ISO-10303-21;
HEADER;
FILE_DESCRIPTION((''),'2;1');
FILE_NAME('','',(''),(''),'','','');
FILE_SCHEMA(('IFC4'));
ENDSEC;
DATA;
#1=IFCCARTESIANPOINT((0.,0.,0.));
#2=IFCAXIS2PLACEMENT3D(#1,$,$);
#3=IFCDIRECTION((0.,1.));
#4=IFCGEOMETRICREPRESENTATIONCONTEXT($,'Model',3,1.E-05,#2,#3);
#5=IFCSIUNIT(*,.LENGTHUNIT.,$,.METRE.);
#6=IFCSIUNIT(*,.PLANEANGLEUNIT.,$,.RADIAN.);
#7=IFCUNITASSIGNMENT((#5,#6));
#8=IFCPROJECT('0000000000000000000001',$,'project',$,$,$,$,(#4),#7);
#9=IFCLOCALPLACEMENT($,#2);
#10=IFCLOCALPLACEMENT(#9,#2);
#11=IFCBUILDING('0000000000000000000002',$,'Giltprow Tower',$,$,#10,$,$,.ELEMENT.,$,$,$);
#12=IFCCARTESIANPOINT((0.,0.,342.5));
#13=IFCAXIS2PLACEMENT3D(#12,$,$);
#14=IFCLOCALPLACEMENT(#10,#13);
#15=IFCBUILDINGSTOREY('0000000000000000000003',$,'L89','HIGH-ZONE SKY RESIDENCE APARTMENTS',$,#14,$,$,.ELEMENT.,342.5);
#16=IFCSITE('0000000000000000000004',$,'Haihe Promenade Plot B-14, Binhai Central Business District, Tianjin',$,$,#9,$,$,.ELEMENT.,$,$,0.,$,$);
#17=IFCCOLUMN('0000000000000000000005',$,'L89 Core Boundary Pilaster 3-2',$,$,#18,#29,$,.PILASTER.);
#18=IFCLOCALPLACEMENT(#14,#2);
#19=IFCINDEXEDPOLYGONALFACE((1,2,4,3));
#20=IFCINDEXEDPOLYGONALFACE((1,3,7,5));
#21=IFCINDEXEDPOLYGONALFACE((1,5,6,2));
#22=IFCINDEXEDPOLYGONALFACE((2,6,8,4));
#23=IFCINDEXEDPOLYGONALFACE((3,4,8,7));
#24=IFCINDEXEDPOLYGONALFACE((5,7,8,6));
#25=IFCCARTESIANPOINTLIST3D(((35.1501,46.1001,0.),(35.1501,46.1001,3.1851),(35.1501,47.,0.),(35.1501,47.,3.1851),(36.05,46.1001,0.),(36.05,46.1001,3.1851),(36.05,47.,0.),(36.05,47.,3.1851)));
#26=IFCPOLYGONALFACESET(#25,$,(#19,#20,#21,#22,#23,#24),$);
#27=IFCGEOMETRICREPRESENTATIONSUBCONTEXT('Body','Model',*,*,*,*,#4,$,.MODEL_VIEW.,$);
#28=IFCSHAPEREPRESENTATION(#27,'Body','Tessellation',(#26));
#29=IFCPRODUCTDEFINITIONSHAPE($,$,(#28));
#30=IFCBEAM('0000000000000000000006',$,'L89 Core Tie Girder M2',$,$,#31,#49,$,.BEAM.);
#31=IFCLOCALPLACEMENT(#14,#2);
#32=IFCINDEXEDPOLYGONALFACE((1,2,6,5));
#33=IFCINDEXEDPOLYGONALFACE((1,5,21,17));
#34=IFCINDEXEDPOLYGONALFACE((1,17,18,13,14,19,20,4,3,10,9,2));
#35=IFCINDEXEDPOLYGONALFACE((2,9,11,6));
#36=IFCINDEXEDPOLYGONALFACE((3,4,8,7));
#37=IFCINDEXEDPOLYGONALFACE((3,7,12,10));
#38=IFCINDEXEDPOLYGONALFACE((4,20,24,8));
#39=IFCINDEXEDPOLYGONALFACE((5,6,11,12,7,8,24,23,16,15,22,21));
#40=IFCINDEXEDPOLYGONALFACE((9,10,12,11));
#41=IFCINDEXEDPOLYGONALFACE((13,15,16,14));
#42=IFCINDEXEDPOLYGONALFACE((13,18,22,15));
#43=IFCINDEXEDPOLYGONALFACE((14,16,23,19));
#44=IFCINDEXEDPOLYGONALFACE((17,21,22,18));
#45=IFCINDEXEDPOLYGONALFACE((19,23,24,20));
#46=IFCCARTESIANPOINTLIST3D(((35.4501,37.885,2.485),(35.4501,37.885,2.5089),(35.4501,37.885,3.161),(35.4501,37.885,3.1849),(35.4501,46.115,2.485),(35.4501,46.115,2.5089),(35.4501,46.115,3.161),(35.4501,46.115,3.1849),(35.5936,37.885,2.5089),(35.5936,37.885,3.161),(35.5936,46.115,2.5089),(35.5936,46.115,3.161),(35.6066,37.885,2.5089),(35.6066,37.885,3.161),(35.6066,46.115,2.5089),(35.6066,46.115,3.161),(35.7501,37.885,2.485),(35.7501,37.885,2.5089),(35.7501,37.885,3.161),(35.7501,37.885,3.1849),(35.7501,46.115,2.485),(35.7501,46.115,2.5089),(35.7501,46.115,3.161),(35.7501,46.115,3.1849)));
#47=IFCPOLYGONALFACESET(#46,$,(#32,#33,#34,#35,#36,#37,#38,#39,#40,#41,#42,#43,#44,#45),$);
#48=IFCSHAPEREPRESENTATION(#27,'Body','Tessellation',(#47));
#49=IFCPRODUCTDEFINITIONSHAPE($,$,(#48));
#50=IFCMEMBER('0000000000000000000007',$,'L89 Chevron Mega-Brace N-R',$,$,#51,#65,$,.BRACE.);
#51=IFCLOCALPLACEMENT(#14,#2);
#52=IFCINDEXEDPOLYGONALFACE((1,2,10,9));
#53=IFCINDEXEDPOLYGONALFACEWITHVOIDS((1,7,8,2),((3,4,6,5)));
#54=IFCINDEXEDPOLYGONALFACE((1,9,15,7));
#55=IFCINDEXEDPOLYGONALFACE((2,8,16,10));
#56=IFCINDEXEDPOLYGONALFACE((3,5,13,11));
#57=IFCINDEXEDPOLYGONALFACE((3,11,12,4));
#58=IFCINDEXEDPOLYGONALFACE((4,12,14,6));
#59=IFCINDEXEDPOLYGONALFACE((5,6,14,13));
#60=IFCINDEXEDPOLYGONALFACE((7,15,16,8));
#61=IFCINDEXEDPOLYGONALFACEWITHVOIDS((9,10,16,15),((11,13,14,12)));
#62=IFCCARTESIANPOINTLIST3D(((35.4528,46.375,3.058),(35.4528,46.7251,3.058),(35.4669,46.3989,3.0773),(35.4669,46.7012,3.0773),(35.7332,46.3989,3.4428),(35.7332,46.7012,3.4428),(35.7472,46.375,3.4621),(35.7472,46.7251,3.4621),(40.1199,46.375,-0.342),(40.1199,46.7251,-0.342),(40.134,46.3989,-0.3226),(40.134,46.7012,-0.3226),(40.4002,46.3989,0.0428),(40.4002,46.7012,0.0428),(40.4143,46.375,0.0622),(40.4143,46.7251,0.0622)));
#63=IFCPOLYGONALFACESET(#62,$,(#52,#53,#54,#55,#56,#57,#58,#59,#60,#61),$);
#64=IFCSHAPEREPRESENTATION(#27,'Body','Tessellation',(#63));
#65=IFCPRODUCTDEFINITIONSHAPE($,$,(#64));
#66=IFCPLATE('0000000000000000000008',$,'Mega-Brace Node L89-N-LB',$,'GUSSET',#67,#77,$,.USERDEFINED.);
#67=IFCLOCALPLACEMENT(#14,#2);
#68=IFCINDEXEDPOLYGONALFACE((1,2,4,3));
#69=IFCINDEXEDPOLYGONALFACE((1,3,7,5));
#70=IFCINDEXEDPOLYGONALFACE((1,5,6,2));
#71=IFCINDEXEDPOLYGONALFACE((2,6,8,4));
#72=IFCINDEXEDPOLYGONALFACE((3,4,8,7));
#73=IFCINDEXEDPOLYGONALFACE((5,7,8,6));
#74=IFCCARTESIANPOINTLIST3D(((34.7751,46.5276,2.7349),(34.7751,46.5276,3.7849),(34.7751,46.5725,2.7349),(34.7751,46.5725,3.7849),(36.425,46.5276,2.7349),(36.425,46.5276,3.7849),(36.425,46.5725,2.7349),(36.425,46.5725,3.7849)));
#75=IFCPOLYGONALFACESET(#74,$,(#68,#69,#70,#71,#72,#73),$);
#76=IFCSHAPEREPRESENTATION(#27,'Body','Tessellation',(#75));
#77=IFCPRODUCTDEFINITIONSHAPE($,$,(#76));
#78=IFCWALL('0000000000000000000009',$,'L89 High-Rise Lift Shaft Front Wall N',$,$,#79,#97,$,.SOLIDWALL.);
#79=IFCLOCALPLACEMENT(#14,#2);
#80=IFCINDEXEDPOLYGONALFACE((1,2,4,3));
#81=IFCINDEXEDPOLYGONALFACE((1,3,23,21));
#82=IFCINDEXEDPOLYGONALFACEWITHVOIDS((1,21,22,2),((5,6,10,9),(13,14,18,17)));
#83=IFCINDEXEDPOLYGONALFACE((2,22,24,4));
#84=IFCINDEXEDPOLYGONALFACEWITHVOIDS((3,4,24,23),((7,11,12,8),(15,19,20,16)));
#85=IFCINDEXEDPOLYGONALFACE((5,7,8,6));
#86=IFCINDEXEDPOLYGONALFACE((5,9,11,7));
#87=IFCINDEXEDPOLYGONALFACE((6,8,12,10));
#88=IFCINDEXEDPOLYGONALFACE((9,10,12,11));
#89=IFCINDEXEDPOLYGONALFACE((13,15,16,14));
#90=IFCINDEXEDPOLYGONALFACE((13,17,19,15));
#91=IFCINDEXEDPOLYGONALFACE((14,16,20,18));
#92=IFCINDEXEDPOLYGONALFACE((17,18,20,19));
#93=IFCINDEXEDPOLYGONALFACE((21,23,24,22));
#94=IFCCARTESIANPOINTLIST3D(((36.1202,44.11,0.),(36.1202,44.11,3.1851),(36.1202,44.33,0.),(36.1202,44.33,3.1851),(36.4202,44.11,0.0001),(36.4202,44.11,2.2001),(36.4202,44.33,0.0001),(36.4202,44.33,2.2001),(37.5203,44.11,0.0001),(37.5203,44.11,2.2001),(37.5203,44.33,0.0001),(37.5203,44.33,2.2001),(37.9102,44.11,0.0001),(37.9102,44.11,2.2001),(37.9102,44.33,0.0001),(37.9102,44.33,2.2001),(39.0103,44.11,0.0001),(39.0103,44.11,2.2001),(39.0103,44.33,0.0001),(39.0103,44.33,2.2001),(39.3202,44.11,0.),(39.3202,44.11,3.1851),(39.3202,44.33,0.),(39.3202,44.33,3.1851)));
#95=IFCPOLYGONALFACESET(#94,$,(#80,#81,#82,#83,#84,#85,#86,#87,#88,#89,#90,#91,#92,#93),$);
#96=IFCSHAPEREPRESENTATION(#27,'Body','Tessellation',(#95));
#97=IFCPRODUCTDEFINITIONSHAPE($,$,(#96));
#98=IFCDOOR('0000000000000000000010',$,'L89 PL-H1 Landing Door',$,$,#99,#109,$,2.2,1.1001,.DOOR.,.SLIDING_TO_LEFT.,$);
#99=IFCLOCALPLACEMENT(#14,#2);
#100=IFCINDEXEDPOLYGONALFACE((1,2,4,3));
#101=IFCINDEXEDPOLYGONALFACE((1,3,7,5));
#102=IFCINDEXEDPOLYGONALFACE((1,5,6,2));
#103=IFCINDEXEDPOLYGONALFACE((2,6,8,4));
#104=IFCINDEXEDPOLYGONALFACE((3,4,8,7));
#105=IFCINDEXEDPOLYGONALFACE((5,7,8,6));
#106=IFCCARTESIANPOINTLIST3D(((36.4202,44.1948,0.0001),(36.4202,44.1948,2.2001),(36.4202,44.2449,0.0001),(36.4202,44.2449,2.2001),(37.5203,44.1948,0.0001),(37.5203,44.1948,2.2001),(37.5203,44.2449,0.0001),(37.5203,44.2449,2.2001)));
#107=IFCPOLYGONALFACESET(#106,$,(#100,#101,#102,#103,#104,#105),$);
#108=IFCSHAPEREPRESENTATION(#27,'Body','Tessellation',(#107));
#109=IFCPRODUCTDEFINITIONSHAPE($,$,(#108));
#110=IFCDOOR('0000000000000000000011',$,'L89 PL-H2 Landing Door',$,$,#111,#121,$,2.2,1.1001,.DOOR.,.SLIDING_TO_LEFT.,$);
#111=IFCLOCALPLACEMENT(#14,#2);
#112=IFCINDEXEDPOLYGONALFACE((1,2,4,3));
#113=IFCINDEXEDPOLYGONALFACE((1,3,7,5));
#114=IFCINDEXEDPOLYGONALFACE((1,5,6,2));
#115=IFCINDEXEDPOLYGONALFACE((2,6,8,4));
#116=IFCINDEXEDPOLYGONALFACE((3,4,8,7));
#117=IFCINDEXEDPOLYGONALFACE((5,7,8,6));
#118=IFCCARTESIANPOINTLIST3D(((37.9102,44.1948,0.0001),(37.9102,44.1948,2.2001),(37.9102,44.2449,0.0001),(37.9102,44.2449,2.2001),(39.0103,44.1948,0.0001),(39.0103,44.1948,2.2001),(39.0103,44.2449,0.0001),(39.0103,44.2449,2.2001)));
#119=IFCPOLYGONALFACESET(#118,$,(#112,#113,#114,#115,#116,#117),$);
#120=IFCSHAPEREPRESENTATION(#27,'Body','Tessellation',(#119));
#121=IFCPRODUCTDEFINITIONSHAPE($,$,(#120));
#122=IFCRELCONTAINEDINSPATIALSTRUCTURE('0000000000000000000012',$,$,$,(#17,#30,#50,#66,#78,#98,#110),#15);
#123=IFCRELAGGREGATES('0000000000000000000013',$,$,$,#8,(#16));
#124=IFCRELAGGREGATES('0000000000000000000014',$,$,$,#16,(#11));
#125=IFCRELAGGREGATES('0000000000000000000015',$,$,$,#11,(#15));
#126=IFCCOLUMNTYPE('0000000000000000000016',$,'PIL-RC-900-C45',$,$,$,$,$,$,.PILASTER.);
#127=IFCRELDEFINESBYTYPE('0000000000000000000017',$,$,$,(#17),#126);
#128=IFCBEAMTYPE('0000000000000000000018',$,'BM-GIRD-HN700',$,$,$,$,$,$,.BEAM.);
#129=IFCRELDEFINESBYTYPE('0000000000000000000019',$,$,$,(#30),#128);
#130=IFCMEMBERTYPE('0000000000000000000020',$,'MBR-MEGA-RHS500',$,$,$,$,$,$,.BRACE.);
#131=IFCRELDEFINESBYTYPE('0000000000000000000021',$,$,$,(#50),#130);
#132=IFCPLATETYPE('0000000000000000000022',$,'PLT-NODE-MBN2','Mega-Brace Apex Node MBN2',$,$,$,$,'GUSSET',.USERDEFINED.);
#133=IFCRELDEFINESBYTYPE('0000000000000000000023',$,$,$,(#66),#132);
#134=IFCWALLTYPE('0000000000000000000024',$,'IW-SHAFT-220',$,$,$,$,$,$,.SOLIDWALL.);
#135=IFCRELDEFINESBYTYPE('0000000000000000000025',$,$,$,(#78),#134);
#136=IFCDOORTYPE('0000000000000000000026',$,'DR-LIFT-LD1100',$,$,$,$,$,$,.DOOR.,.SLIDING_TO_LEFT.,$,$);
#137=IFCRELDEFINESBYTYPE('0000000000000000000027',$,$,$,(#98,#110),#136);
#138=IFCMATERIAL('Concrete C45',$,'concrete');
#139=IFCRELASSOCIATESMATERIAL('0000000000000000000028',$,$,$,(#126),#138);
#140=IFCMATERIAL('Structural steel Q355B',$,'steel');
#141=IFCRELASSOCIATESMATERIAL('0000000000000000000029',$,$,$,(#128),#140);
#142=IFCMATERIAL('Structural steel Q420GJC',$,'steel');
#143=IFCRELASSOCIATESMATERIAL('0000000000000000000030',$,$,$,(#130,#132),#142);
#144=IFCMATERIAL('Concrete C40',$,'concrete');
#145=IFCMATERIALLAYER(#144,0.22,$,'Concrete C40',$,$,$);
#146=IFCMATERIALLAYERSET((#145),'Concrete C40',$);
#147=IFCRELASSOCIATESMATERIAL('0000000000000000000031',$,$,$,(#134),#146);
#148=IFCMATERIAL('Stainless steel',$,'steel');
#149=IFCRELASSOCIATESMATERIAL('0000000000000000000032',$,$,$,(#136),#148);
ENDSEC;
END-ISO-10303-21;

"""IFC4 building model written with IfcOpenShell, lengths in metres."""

from ifc_helpers import new_model, si_unit, direction, frame, frame_2d, origin, origin_2d, place, context, subcontext, project, spatial, rectangle, hollow_rectangle, i_section, extrude, source, transform, mapped, material, layer, layer_set, material_profile, profile_set, type_object, element, fill, save


model = new_model("IFC4")

# Units and contexts
model_context = context("Model", 3, precision=1e-05, world=origin(), true_north=direction((0.0, 1.0)))
body_context = subcontext(model_context, "Body", "Model", "MODEL_VIEW")
ifc_project = project(units=[si_unit("LENGTHUNIT", "METRE"), si_unit("PLANEANGLEUNIT", "RADIAN")], contexts=[model_context])

# Site, building, storey
site_placement = place(None, origin())
site = spatial("IfcSite", under=ifc_project, at=site_placement, Name="Haihe Promenade Plot B-14, Binhai Central Business District, Tianjin", CompositionType="ELEMENT", RefElevation=0.0)
building_placement = place(site_placement, origin())
building = spatial("IfcBuilding", under=site, at=building_placement, Name="Giltprow Tower", CompositionType="ELEMENT")
storey_placement = place(building_placement, frame((0.0, 0.0, 342.5)))
storey = spatial("IfcBuildingStorey", under=building, at=storey_placement, Name="L89", Description="HIGH-ZONE SKY RESIDENCE APARTMENTS", CompositionType="ELEMENT", Elevation=342.5)

# Column
ifc_material_1 = material(Name="Concrete C45", Category="concrete")
ifc_material_profile_1 = material_profile(ifc_material_1, rectangle(XDim=0.8999, YDim=0.8999, at=origin_2d()), Name="RC 900x900")
ifc_profile_set_1 = profile_set([ifc_material_profile_1], Name="Concrete C45")
column_type = type_object("IfcColumnType", Name="PIL-RC-900-C45", PredefinedType="PILASTER", material=ifc_profile_set_1)
shared_shape_1 = source(origin(), body_context, "Body", "SweptSolid", [
    extrude(rectangle(XDim=0.8999, YDim=0.8999, at=origin_2d()), origin(), (0.0, 0.0, 1.0), 3.1851),
])
column_placement = place(storey_placement, frame((35.6001, 46.55, 0.0), z_axis=(0.0, 0.0, 1.0), x_axis=(1.0, 0.0, 0.0)))
element("IfcColumn", 1, at=column_placement, inside=storey, type_object=column_type, Name="L89 Core Boundary Pilaster 3-2", PredefinedType="PILASTER", context=body_context, shape_type="MappedRepresentation", body=[
    mapped(shared_shape_1, transform((0.0, 0.0, 0.0), x_axis=(1.0, 0.0, 0.0), y_axis=(0.0, 1.0, 0.0), z_axis=(0.0, 0.0, 1.0), scale=1.0)),
])

# Beam
ifc_material_2 = material(Name="Structural steel Q355B", Category="steel")
ifc_material_profile_2 = material_profile(ifc_material_2, i_section(OverallWidth=0.3, OverallDepth=0.7, WebThickness=0.0129, FlangeThickness=0.0239, at=origin_2d()), Name="HN 700x300x13x24")
ifc_profile_set_2 = profile_set([ifc_material_profile_2], Name="Structural steel Q355B")
beam_type = type_object("IfcBeamType", Name="BM-GIRD-HN700", PredefinedType="BEAM", material=ifc_profile_set_2)
shared_shape_2 = source(origin(), body_context, "Body", "SweptSolid", [
    extrude(i_section(OverallWidth=0.3, OverallDepth=0.7, WebThickness=0.0129, FlangeThickness=0.0239, at=origin_2d()), origin(), (0.0, 0.0, 1.0), 8.23),
])
beam_placement = place(storey_placement, frame((35.6001, 37.885, 2.835), z_axis=(0.0, 1.0, 0.0), x_axis=(-1.0, 0.0, 0.0)))
element("IfcBeam", 2, at=beam_placement, inside=storey, type_object=beam_type, Name="L89 Core Tie Girder M2", PredefinedType="BEAM", context=body_context, shape_type="MappedRepresentation", body=[
    mapped(shared_shape_2, transform((0.0, 0.0, 0.0), x_axis=(1.0, 0.0, 0.0), y_axis=(0.0, 1.0, 0.0), z_axis=(0.0, 0.0, 1.0), scale=1.0)),
])

# Member
ifc_material_3 = material(Name="Structural steel Q420GJC", Category="steel")
ifc_material_profile_3 = material_profile(ifc_material_3, hollow_rectangle(XDim=0.3501, YDim=0.5, WallThickness=0.0239, at=origin_2d()), Name="RHS 500x350x24")
ifc_profile_set_3 = profile_set([ifc_material_profile_3], Name="Structural steel Q420GJC")
member_type = type_object("IfcMemberType", Name="MBR-MEGA-RHS500", PredefinedType="BRACE", material=ifc_profile_set_3)
shared_shape_3 = source(origin(), body_context, "Body", "SweptSolid", [
    extrude(hollow_rectangle(XDim=0.3501, YDim=0.5, WallThickness=0.0239, at=origin_2d()), origin(), (0.0, 0.0, 1.0), 5.7742),
])
member_placement = place(storey_placement, frame((40.2671, 46.55, -0.1399), z_axis=(-0.808264, 0.0, 0.58882), x_axis=(0.0, -1.0, 0.0)))
element("IfcMember", 3, at=member_placement, inside=storey, type_object=member_type, Name="L89 Chevron Mega-Brace N-R", PredefinedType="BRACE", context=body_context, shape_type="MappedRepresentation", body=[
    mapped(shared_shape_3, transform((0.0, 0.0, 0.0), x_axis=(1.0, 0.0, 0.0), y_axis=(0.0, 1.0, 0.0), z_axis=(0.0, 0.0, 1.0), scale=1.0)),
])

# Plate
plate_type = type_object("IfcPlateType", Name="PLT-NODE-MBN2", Description="Mega-Brace Apex Node MBN2", ElementType="GUSSET", PredefinedType="USERDEFINED", material=ifc_material_3)
shared_shape_4 = source(origin(), body_context, "Body", "SweptSolid", [
    extrude(rectangle(XDim=1.6499, YDim=0.0449, at=origin_2d()), origin(), (0.0, 0.0, 1.0), 1.05),
])
plate_placement = place(storey_placement, frame((35.6001, 46.55, 2.7349), z_axis=(0.0, 0.0, 1.0), x_axis=(1.0, 0.0, 0.0)))
element("IfcPlate", 4, at=plate_placement, inside=storey, type_object=plate_type, Name="Mega-Brace Node L89-N-LB", ObjectType="GUSSET", PredefinedType="USERDEFINED", context=body_context, shape_type="MappedRepresentation", body=[
    mapped(shared_shape_4, transform((0.0, 0.0, 0.0), x_axis=(1.0, 0.0, 0.0), y_axis=(0.0, 1.0, 0.0), z_axis=(0.0, 0.0, 1.0), scale=1.0)),
])

# Wall, openings, doors
ifc_material_4 = material(Name="Concrete C40", Category="concrete")
ifc_layer_1 = layer(ifc_material_4, 0.22, Name="Concrete C40")
ifc_layer_set_1 = layer_set([ifc_layer_1], Name="Concrete C40")
wall_type_1 = type_object("IfcWallType", Name="IW-SHAFT-220", PredefinedType="SOLIDWALL", material=ifc_layer_set_1)
wall_1_placement = place(storey_placement, frame((36.1201, 44.22, 0.0), z_axis=(0.0, 0.0, 1.0), x_axis=(1.0, 0.0, 0.0)))
wall_1 = element("IfcWall", 5, at=wall_1_placement, inside=storey, type_object=wall_type_1, Name="L89 High-Rise Lift Shaft Front Wall N", PredefinedType="SOLIDWALL", context=body_context, shape_type="SweptSolid", body=[
    extrude(rectangle(XDim=3.2, YDim=0.22, at=frame_2d((1.6001, 0.0))), origin(), (0.0, 0.0, 1.0), 3.1851),
])
opening_1_placement = place(wall_1_placement, frame((0.3, 0.0, 0.0)))
opening_1 = element("IfcOpeningElement", 6, at=opening_1_placement, cuts=wall_1, PredefinedType="OPENING", context=body_context, shape_type="SweptSolid", body=[
    extrude(rectangle(XDim=1.1001, YDim=2.2, at=frame_2d((0.55, 1.1001))), frame((0.0, 0.1199, 0.0), z_axis=(0.0, -1.0, 0.0), x_axis=(1.0, 0.0, 0.0)), (0.0, 0.0, 1.0), 0.24),
])
opening_2_placement = place(wall_1_placement, frame((1.79, 0.0, 0.0)))
opening_2 = element("IfcOpeningElement", 7, at=opening_2_placement, cuts=wall_1, PredefinedType="OPENING", context=body_context, shape_type="SweptSolid", body=[
    extrude(rectangle(XDim=1.1001, YDim=2.2, at=frame_2d((0.55, 1.1001))), frame((0.0, 0.1199, 0.0), z_axis=(0.0, -1.0, 0.0), x_axis=(1.0, 0.0, 0.0)), (0.0, 0.0, 1.0), 0.24),
])
ifc_material_5 = material(Name="Stainless steel", Category="steel")
door_type_1 = type_object("IfcDoorType", Name="DR-LIFT-LD1100", OperationType="SLIDING_TO_LEFT", PredefinedType="DOOR", material=ifc_material_5)
shared_shape_5 = source(origin(), body_context, "Body", "SweptSolid", [
    extrude(rectangle(XDim=1.1001, YDim=2.2, at=frame_2d((0.55, 1.1001))), frame((0.0, 0.0249, 0.0), z_axis=(0.0, -1.0, 0.0), x_axis=(1.0, 0.0, 0.0)), (0.0, 0.0, 1.0), 0.05),
])
door_1_placement = place(opening_1_placement, origin())
door_1 = element("IfcDoor", 8, at=door_1_placement, inside=storey, type_object=door_type_1, Name="L89 PL-H1 Landing Door", OperationType="SLIDING_TO_LEFT", OverallHeight=2.2, OverallWidth=1.1001, PredefinedType="DOOR", context=body_context, shape_type="MappedRepresentation", body=[
    mapped(shared_shape_5, transform((0.0, 0.0, 0.0), x_axis=(1.0, 0.0, 0.0), y_axis=(0.0, 1.0, 0.0), z_axis=(0.0, 0.0, 1.0), scale=1.0)),
])
fill(opening_1, door_1)
door_2_placement = place(opening_2_placement, origin())
door_2 = element("IfcDoor", 9, at=door_2_placement, inside=storey, type_object=door_type_1, Name="L89 PL-H2 Landing Door", OperationType="SLIDING_TO_LEFT", OverallHeight=2.2, OverallWidth=1.1001, PredefinedType="DOOR", context=body_context, shape_type="MappedRepresentation", body=[
    mapped(shared_shape_5, transform((0.0, 0.0, 0.0), x_axis=(1.0, 0.0, 0.0), y_axis=(0.0, 1.0, 0.0), z_axis=(0.0, 0.0, 1.0), scale=1.0)),
])
fill(opening_2, door_2)

save(model, "model.ifc")
